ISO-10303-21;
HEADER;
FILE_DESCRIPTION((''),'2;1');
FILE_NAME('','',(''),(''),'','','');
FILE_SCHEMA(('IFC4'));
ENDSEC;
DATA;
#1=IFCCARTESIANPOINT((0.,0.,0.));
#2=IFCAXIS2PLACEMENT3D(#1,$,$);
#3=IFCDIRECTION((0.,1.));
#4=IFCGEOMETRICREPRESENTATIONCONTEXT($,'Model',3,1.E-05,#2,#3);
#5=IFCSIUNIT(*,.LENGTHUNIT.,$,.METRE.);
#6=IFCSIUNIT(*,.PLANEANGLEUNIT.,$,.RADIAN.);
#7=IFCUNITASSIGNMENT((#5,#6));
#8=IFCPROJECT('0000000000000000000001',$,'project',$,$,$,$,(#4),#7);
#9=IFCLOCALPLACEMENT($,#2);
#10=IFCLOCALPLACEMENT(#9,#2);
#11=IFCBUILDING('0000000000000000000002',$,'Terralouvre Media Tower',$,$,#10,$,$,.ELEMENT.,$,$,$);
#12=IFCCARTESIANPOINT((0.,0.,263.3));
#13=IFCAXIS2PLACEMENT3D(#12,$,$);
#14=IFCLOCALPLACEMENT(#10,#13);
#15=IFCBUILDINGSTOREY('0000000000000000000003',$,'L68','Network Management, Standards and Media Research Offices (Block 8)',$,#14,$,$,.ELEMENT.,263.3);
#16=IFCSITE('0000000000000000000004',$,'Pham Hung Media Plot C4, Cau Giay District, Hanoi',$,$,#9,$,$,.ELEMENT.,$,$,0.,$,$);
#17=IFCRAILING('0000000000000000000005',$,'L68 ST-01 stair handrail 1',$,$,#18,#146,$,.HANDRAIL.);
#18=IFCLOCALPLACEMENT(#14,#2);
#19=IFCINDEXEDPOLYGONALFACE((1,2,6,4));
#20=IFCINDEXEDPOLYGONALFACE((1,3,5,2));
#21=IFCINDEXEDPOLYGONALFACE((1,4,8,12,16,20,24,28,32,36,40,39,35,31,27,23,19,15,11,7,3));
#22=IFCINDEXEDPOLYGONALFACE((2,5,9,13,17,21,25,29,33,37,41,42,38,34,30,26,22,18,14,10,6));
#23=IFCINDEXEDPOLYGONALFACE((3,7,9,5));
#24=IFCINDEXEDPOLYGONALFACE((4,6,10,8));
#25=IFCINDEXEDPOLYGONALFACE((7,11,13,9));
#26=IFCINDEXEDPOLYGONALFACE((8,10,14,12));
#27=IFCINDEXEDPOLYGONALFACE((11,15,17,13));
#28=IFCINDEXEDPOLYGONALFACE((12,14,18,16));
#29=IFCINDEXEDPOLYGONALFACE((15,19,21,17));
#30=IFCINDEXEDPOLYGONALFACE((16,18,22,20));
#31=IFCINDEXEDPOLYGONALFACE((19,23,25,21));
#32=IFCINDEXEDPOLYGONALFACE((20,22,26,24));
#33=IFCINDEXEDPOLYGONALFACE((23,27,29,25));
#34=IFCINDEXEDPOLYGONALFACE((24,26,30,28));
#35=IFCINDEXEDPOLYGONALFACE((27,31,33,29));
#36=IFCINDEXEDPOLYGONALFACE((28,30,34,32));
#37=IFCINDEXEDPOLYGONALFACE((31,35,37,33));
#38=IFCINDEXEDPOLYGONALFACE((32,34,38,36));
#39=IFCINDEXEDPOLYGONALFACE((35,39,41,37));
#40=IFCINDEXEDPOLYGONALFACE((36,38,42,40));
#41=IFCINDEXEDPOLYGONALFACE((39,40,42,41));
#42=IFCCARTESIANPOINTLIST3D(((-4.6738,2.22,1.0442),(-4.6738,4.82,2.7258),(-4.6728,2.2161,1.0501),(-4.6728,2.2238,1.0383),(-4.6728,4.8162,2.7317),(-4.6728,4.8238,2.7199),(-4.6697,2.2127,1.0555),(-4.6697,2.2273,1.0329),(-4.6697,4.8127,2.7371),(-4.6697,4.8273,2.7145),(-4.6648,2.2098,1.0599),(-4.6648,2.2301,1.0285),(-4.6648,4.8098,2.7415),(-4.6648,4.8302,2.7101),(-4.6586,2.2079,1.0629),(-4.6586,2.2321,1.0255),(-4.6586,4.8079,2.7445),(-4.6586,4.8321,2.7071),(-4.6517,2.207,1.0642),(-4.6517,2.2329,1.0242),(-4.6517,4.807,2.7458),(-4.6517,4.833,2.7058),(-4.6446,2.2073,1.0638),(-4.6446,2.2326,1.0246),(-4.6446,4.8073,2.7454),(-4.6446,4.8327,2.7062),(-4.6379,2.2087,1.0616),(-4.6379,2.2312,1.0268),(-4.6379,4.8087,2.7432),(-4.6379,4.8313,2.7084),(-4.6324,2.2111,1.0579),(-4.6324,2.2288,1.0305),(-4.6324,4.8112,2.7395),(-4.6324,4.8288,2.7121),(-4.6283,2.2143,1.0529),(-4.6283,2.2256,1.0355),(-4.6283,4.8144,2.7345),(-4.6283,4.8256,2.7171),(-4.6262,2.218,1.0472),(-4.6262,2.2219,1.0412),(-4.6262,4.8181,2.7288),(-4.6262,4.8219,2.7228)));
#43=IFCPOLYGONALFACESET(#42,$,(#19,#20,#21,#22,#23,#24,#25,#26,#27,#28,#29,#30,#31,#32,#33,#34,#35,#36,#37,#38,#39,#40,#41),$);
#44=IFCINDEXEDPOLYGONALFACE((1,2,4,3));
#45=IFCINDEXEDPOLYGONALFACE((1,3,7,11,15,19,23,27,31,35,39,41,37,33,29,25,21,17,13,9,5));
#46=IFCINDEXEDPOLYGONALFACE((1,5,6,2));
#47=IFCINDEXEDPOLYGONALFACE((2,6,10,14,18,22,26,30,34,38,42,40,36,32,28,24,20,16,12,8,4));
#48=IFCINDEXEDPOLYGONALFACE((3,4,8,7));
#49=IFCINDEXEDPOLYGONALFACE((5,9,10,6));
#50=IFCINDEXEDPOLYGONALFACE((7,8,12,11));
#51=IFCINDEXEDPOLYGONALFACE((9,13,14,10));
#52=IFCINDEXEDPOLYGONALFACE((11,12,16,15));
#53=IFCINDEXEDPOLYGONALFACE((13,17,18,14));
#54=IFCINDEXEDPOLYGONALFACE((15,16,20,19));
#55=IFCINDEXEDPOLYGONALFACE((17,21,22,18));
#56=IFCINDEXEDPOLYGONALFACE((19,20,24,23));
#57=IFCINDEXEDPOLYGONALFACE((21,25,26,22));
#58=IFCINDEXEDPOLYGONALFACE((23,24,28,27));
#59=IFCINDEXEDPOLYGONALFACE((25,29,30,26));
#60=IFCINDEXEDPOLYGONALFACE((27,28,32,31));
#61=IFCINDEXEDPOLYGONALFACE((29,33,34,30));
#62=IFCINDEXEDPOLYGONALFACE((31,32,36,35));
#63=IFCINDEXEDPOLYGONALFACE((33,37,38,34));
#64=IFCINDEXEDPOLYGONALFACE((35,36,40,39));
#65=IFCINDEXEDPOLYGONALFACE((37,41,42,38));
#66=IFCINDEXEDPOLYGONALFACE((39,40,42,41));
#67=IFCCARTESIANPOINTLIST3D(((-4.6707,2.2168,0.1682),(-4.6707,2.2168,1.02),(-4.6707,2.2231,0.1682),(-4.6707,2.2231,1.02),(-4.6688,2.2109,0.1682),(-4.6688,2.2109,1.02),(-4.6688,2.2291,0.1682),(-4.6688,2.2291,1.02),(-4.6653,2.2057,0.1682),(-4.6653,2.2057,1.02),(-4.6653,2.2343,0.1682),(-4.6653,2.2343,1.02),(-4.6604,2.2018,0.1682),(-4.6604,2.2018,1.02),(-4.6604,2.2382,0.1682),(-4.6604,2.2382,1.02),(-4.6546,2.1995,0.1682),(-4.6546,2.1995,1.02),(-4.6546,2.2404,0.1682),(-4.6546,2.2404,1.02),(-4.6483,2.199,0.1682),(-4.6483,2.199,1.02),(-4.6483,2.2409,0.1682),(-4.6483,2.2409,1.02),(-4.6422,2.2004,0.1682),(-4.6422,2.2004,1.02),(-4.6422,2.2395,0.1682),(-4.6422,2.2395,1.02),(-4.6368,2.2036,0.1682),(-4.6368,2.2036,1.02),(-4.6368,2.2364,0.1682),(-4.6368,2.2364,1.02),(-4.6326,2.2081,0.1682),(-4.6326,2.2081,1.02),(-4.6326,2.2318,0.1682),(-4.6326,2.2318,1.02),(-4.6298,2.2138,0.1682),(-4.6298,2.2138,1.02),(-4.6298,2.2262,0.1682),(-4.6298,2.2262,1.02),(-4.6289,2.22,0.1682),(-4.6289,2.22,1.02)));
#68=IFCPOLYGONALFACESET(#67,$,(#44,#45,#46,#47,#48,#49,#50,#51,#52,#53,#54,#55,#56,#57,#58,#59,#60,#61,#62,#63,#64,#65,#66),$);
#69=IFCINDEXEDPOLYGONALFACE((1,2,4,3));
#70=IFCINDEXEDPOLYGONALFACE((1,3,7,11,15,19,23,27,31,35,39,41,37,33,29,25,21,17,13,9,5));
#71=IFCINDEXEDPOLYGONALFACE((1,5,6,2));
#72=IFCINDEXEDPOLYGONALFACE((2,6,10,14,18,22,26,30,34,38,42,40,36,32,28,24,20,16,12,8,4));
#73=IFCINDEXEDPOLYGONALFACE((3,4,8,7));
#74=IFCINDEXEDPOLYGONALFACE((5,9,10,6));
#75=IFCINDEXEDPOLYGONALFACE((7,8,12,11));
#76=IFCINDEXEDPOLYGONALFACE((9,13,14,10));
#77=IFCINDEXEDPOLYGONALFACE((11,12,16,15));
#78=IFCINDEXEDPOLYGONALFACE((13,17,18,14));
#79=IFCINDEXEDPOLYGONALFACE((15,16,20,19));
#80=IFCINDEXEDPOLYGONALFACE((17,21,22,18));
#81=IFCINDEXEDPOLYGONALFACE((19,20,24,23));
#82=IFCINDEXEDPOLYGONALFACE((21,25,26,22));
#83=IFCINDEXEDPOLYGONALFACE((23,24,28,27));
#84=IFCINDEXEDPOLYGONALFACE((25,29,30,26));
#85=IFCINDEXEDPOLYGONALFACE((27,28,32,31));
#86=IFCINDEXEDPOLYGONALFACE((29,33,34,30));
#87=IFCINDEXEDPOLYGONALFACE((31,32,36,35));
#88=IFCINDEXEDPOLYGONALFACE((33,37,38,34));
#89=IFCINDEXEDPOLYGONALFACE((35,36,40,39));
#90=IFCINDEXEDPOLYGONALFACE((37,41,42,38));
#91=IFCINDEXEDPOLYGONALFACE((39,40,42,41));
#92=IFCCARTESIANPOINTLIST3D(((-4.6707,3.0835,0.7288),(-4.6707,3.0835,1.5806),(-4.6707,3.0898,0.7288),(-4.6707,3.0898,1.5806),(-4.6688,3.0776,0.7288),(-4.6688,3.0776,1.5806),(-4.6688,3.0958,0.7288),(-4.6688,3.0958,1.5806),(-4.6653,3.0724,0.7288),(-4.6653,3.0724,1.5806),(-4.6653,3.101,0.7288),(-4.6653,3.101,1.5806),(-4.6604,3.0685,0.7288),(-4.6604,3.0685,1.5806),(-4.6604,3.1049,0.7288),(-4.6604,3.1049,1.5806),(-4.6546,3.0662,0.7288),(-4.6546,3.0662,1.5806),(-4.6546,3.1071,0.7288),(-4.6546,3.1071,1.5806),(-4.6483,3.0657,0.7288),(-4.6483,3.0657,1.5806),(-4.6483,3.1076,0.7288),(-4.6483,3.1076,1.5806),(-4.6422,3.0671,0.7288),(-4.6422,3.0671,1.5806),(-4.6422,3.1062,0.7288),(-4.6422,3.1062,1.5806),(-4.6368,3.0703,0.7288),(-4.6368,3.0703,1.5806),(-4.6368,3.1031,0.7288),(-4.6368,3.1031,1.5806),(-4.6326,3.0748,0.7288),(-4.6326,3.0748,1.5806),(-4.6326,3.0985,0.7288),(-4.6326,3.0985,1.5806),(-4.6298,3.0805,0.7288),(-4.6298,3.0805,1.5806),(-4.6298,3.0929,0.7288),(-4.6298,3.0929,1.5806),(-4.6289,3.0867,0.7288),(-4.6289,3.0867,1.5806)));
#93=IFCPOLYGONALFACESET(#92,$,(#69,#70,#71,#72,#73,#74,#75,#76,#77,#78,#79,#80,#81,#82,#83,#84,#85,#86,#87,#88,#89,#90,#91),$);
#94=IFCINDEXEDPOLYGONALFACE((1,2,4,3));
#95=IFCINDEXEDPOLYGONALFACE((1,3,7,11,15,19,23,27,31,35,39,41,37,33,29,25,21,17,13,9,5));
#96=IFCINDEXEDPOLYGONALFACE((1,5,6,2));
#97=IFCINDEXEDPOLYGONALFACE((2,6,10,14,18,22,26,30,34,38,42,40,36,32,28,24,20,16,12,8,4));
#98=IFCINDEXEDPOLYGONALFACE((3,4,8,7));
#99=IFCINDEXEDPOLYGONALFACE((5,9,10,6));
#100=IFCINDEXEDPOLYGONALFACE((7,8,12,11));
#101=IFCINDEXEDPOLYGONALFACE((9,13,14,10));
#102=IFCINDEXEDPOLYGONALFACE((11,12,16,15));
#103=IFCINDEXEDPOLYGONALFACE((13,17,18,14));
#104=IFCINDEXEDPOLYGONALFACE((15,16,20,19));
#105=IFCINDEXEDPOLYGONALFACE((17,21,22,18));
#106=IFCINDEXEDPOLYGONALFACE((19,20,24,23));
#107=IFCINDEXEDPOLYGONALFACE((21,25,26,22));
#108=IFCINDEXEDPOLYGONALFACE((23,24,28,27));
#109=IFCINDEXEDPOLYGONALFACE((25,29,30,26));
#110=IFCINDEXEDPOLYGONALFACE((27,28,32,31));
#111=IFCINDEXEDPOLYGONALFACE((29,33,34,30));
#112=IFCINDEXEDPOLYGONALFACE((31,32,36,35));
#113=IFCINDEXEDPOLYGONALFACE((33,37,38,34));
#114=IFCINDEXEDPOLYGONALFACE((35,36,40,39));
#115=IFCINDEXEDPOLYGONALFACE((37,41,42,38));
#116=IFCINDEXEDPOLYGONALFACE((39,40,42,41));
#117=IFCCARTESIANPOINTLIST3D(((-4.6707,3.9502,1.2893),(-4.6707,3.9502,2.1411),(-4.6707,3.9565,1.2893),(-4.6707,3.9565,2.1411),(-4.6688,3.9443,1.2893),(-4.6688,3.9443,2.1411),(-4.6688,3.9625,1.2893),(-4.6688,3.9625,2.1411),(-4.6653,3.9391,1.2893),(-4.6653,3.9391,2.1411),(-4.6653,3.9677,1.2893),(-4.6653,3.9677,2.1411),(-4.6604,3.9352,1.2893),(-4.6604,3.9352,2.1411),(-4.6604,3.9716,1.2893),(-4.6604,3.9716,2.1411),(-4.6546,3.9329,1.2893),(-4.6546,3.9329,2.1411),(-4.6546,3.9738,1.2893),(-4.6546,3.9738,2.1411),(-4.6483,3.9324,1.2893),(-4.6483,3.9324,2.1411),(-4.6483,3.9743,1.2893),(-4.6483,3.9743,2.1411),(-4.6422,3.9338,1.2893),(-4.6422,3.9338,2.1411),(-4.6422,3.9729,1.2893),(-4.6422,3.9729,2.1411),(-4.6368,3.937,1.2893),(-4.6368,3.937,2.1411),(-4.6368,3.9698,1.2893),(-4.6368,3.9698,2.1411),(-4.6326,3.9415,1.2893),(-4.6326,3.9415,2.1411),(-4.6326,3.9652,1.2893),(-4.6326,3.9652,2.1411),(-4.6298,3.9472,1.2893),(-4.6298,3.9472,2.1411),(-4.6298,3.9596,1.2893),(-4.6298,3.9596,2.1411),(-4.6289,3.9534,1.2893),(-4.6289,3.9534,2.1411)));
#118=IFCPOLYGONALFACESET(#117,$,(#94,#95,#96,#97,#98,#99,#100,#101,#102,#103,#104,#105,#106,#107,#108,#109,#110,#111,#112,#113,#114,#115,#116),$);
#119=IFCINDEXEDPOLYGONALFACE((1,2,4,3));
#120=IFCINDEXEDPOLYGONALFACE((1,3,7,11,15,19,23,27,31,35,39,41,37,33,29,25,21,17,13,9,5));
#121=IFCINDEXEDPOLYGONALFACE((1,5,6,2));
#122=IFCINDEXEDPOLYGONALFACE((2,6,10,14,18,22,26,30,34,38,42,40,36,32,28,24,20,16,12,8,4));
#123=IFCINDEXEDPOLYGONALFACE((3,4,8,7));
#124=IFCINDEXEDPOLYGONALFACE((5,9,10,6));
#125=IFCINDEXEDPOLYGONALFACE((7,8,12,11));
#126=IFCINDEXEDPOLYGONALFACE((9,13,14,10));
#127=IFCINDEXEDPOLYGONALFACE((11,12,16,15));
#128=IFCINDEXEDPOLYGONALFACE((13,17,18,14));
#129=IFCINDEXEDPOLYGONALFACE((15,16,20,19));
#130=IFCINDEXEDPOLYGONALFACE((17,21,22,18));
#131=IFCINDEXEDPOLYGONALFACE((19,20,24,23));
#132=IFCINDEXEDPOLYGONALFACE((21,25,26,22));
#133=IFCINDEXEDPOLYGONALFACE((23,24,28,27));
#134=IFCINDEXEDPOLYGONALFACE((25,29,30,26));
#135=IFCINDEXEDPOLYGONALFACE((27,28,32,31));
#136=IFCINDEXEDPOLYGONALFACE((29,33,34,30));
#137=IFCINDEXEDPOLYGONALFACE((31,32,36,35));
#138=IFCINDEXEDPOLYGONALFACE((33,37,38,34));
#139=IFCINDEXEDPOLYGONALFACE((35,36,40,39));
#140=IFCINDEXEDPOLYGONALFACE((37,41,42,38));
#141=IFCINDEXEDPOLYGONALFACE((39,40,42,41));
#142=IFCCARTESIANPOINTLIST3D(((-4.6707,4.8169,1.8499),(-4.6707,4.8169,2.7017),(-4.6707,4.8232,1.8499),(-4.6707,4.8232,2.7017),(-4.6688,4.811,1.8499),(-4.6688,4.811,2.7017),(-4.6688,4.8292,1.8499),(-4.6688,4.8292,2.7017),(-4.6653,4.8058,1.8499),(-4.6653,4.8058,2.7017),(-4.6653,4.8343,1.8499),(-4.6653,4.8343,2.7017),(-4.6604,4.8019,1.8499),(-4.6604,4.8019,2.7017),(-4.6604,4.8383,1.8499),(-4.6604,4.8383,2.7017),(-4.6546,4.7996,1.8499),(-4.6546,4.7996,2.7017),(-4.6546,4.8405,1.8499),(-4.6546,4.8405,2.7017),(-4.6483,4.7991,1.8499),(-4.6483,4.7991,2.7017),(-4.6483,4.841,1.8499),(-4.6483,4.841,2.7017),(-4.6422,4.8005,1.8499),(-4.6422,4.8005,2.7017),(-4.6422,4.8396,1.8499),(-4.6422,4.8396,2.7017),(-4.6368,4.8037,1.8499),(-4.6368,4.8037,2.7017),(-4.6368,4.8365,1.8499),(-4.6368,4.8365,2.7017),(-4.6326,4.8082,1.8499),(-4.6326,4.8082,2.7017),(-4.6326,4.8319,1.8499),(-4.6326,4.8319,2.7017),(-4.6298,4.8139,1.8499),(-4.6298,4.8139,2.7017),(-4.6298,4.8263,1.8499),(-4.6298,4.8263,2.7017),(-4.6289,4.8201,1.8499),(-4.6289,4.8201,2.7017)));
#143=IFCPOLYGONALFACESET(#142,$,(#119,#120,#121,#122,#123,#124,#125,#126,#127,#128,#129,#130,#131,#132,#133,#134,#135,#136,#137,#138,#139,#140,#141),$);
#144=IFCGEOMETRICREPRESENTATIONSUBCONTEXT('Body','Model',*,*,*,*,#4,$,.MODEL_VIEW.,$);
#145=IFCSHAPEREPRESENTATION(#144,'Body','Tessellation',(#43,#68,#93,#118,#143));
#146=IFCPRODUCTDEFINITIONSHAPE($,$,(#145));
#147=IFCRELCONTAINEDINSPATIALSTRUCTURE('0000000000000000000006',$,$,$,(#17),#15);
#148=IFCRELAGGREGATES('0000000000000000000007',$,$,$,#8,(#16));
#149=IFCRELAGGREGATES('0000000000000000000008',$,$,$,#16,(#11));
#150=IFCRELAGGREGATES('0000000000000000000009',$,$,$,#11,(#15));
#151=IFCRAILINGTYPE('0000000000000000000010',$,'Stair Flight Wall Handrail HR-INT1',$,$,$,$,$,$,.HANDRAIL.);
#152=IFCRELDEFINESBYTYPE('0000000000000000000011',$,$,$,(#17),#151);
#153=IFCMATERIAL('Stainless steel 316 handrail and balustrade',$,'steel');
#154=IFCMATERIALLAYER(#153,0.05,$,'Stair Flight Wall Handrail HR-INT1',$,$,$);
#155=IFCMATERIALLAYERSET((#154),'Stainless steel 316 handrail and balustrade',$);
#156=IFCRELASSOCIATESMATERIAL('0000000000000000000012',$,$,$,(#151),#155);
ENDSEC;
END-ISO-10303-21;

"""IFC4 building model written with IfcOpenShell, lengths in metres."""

from ifc_helpers import new_model, si_unit, direction, frame, origin, origin_2d, place, context, subcontext, project, spatial, circle, extrude, material, layer, layer_set, type_object, element, save


model = new_model("IFC4")

# Units and contexts
model_context = context("Model", 3, precision=1e-05, world=origin(), true_north=direction((0.0, 1.0)))
body_context = subcontext(model_context, "Body", "Model", "MODEL_VIEW")
ifc_project = project(units=[si_unit("LENGTHUNIT", "METRE"), si_unit("PLANEANGLEUNIT", "RADIAN")], contexts=[model_context])

# Site, building, storey
site_placement = place(None, origin())
site = spatial("IfcSite", under=ifc_project, at=site_placement, Name="Pham Hung Media Plot C4, Cau Giay District, Hanoi", CompositionType="ELEMENT", RefElevation=0.0)
building_placement = place(site_placement, origin())
building = spatial("IfcBuilding", under=site, at=building_placement, Name="Terralouvre Media Tower", CompositionType="ELEMENT")
storey_placement = place(building_placement, frame((0.0, 0.0, 263.3)))
storey = spatial("IfcBuildingStorey", under=building, at=storey_placement, Name="L68", Description="Network Management, Standards and Media Research Offices (Block 8)", CompositionType="ELEMENT", Elevation=263.3)

# Railing
ifc_material_1 = material(Name="Stainless steel 316 handrail and balustrade", Category="steel")
ifc_layer_1 = layer(ifc_material_1, 0.05, Name="Stair Flight Wall Handrail HR-INT1")
ifc_layer_set_1 = layer_set([ifc_layer_1], Name="Stainless steel 316 handrail and balustrade")
railing_type_1 = type_object("IfcRailingType", Name="Stair Flight Wall Handrail HR-INT1", PredefinedType="HANDRAIL", material=ifc_layer_set_1)
railing_1_placement = place(storey_placement, frame((-4.6499, 2.22, 0.1682)))
element("IfcRailing", 1, at=railing_1_placement, inside=storey, type_object=railing_type_1, Name="L68 ST-01 stair handrail 1", PredefinedType="HANDRAIL", context=body_context, shape_type="SweptSolid", body=[
    extrude(circle(Radius=0.0239, at=origin_2d()), frame((0.0, 0.0, 0.876), z_axis=(0.0, 0.839684, 0.543075), x_axis=(-1.0, 0.0, 0.0)), (0.0, 0.0, 1.0), 3.0964),
    extrude(circle(Radius=0.021, at=origin_2d()), origin(), (0.0, 0.0, 1.0), 0.8518),
    extrude(circle(Radius=0.021, at=origin_2d()), frame((0.0, 0.8667, 0.5605)), (0.0, 0.0, 1.0), 0.8518),
    extrude(circle(Radius=0.021, at=origin_2d()), frame((0.0, 1.7334, 1.1211)), (0.0, 0.0, 1.0), 0.8518),
    extrude(circle(Radius=0.021, at=origin_2d()), frame((0.0, 2.6001, 1.6816)), (0.0, 0.0, 1.0), 0.8518),
])

save(model, "model.ifc")
